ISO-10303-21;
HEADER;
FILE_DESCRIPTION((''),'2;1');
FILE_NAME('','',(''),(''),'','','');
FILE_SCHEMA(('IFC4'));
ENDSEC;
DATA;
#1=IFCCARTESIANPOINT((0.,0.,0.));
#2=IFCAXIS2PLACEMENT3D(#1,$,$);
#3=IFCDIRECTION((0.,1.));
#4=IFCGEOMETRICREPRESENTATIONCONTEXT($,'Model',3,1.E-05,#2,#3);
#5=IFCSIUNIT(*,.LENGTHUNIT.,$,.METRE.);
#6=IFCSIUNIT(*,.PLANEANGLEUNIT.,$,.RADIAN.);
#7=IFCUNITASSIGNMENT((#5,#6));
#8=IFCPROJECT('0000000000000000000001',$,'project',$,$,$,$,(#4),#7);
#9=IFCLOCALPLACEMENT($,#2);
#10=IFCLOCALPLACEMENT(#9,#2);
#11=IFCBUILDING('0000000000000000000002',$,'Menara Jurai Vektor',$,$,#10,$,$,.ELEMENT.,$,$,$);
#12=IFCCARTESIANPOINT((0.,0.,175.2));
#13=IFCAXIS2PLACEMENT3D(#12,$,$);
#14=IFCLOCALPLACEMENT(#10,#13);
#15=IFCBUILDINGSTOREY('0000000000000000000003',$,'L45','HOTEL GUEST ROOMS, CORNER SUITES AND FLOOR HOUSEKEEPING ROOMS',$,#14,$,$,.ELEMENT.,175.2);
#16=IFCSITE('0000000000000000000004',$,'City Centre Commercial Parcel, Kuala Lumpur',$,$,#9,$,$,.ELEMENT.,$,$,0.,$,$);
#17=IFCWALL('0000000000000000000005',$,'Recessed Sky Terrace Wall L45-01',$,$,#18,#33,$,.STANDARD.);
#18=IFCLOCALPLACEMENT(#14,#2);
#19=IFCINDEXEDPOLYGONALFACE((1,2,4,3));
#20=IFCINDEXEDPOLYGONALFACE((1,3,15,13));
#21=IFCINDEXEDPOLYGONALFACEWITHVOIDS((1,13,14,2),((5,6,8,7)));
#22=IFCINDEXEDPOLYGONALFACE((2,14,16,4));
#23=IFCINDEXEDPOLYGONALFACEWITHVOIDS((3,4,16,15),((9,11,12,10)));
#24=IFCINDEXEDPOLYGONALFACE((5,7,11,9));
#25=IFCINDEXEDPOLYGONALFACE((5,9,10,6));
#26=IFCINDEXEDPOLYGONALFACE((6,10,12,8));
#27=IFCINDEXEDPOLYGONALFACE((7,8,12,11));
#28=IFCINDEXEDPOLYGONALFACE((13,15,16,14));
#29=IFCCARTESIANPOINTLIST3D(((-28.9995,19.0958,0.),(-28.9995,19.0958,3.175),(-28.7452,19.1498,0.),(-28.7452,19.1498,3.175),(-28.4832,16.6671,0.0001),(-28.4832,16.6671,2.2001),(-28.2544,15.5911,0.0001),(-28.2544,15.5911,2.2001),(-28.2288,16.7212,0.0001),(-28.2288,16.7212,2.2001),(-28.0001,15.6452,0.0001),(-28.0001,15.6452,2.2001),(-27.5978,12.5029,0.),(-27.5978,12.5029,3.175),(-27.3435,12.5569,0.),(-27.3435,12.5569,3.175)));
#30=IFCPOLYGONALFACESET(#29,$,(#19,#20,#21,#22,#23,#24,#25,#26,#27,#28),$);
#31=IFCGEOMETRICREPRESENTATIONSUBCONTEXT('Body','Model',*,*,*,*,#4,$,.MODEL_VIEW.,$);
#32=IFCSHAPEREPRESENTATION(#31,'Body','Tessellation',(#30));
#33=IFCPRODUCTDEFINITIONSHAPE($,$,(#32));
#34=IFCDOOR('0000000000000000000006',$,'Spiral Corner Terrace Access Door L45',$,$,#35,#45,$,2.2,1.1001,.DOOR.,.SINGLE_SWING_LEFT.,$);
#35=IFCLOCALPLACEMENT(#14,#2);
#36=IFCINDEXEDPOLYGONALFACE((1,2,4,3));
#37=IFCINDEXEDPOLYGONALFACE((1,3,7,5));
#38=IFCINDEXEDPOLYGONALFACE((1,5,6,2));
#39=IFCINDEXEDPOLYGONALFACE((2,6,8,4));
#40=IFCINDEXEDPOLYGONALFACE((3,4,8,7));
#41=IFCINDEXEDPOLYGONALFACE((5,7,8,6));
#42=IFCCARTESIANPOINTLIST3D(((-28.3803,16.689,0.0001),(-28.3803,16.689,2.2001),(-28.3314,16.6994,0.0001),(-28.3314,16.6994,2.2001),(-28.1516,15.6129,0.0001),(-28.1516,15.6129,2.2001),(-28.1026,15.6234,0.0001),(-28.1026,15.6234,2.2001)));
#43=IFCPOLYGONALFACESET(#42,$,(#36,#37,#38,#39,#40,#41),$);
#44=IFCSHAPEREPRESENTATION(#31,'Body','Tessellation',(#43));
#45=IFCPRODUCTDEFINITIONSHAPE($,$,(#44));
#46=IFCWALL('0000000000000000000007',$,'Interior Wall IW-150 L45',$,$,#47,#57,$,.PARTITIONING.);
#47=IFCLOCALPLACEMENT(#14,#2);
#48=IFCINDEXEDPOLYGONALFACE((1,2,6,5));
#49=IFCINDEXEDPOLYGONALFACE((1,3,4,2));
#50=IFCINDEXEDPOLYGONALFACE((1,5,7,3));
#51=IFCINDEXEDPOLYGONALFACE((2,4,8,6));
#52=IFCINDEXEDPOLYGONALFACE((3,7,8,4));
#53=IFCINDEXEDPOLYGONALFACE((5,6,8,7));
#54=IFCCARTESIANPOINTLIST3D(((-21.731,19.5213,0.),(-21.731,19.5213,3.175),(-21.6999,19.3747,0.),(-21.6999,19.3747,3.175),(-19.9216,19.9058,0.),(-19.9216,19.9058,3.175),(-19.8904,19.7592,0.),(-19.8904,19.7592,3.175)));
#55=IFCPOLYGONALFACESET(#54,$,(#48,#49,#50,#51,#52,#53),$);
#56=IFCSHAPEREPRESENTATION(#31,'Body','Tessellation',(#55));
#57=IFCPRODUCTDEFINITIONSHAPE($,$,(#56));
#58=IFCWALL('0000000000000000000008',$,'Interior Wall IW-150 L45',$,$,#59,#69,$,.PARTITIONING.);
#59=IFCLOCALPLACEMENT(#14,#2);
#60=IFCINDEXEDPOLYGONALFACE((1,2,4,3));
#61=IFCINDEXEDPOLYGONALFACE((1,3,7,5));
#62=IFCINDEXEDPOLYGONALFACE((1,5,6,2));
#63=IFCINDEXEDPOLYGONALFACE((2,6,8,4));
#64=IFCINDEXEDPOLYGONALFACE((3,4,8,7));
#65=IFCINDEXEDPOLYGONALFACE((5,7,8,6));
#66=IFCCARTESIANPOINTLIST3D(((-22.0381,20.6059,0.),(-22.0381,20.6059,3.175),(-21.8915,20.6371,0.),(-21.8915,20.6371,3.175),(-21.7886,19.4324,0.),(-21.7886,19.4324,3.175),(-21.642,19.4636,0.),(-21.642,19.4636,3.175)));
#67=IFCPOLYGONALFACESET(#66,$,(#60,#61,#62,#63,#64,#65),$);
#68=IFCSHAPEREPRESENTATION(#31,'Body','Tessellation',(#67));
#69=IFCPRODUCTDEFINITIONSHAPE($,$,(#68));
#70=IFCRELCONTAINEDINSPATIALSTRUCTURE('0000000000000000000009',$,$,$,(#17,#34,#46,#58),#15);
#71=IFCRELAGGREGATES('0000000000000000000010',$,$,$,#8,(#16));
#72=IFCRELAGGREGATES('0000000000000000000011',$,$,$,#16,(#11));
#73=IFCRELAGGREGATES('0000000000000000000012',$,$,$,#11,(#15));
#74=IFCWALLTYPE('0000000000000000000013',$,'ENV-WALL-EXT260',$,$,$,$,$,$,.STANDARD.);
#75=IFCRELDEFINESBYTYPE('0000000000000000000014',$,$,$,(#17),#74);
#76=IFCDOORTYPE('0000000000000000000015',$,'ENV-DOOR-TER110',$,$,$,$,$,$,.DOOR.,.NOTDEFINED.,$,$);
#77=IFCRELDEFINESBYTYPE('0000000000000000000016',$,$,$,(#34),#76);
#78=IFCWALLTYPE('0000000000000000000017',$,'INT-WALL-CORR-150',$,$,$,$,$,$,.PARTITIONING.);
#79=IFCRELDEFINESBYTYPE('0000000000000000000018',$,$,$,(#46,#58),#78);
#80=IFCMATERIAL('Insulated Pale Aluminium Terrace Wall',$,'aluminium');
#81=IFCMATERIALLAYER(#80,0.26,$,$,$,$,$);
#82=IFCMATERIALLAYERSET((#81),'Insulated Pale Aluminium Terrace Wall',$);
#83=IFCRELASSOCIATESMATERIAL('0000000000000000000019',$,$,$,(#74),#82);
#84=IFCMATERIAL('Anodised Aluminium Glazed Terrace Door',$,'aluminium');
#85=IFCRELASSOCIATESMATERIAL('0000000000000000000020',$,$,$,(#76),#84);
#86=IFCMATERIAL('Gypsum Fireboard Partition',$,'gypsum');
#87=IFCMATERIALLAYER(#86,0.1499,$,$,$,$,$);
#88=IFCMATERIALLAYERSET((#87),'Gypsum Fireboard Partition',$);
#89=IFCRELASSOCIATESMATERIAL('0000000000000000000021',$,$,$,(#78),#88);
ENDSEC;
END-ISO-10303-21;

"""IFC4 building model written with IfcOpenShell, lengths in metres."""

from ifc_helpers import new_model, si_unit, direction, frame, frame_2d, origin, place, context, subcontext, project, spatial, rectangle, extrude, material, layer, layer_set, type_object, element, fill, save


model = new_model("IFC4")

# Units and contexts
model_context = context("Model", 3, precision=1e-05, world=origin(), true_north=direction((0.0, 1.0)))
body_context = subcontext(model_context, "Body", "Model", "MODEL_VIEW")
ifc_project = project(units=[si_unit("LENGTHUNIT", "METRE"), si_unit("PLANEANGLEUNIT", "RADIAN")], contexts=[model_context])

# Site, building, storey
site_placement = place(None, origin())
site = spatial("IfcSite", under=ifc_project, at=site_placement, Name="City Centre Commercial Parcel, Kuala Lumpur", CompositionType="ELEMENT", RefElevation=0.0)
building_placement = place(site_placement, origin())
building = spatial("IfcBuilding", under=site, at=building_placement, Name="Menara Jurai Vektor", CompositionType="ELEMENT")
storey_placement = place(building_placement, frame((0.0, 0.0, 175.2)))
storey = spatial("IfcBuildingStorey", under=building, at=storey_placement, Name="L45", Description="HOTEL GUEST ROOMS, CORNER SUITES AND FLOOR HOUSEKEEPING ROOMS", CompositionType="ELEMENT", Elevation=175.2)

# Wall, opening, door
ifc_material_1 = material(Name="Insulated Pale Aluminium Terrace Wall", Category="aluminium")
ifc_layer_1 = layer(ifc_material_1, 0.26)
ifc_layer_set_1 = layer_set([ifc_layer_1], Name="Insulated Pale Aluminium Terrace Wall")
wall_type_1 = type_object("IfcWallType", Name="ENV-WALL-EXT260", PredefinedType="STANDARD", material=ifc_layer_set_1)
wall_1_placement = place(storey_placement, frame((-28.8723, 19.1228, 0.0), z_axis=(0.0, 0.0, 1.0), x_axis=(0.207951, -0.978139, 0.0)))
wall_1 = element("IfcWall", 1, at=wall_1_placement, inside=storey, type_object=wall_type_1, Name="Recessed Sky Terrace Wall L45-01", PredefinedType="STANDARD", context=body_context, shape_type="SweptSolid", body=[
    extrude(rectangle(XDim=6.7402, YDim=0.26, at=frame_2d((3.3701, 0.0))), origin(), (0.0, 0.0, 1.0), 3.175),
])
opening_placement = place(wall_1_placement, frame((2.4829, 0.0, 0.0)))
opening = element("IfcOpeningElement", 2, at=opening_placement, cuts=wall_1, PredefinedType="OPENING", context=body_context, shape_type="SweptSolid", body=[
    extrude(rectangle(XDim=1.1001, YDim=2.2, at=frame_2d((0.55, 1.1001))), frame((0.0, 0.1401, 0.0), z_axis=(0.0, -1.0, 0.0), x_axis=(1.0, 0.0, 0.0)), (0.0, 0.0, 1.0), 0.28),
])
ifc_material_2 = material(Name="Anodised Aluminium Glazed Terrace Door", Category="aluminium")
door_type = type_object("IfcDoorType", Name="ENV-DOOR-TER110", OperationType="NOTDEFINED", PredefinedType="DOOR", material=ifc_material_2)
door_placement = place(opening_placement, frame((1.1001, 0.0, 0.0), z_axis=(0.0, 0.0, 1.0), x_axis=(-1.0, 0.0, 0.0)))
door = element("IfcDoor", 3, at=door_placement, inside=storey, type_object=door_type, Name="Spiral Corner Terrace Access Door L45", OperationType="SINGLE_SWING_LEFT", OverallHeight=2.2, OverallWidth=1.1001, PredefinedType="DOOR", context=body_context, shape_type="SweptSolid", body=[
    extrude(rectangle(XDim=1.1001, YDim=2.2, at=frame_2d((0.55, 1.1001))), frame((0.0, 0.0249, 0.0), z_axis=(0.0, -1.0, 0.0), x_axis=(1.0, 0.0, 0.0)), (0.0, 0.0, 1.0), 0.05),
])
fill(opening, door)

# Walls
ifc_material_3 = material(Name="Gypsum Fireboard Partition", Category="gypsum")
ifc_layer_2 = layer(ifc_material_3, 0.1499)
ifc_layer_set_2 = layer_set([ifc_layer_2], Name="Gypsum Fireboard Partition")
wall_type_2 = type_object("IfcWallType", Name="INT-WALL-CORR-150", PredefinedType="PARTITIONING", material=ifc_layer_set_2)
wall_2_placement = place(storey_placement, frame((-21.7153, 19.448, 0.0), z_axis=(0.0, 0.0, 1.0), x_axis=(0.97816, 0.207852, 0.0)))
element("IfcWall", 4, at=wall_2_placement, inside=storey, type_object=wall_type_2, Name="Interior Wall IW-150 L45", PredefinedType="PARTITIONING", context=body_context, shape_type="SweptSolid", body=[
    extrude(rectangle(XDim=1.8499, YDim=0.1499, at=frame_2d((0.9248, 0.0))), origin(), (0.0, 0.0, 1.0), 3.175),
])
wall_3_placement = place(storey_placement, frame((-21.7153, 19.448, 0.0), z_axis=(0.0, 0.0, 1.0), x_axis=(-0.207959, 0.978138, 0.0)))
element("IfcWall", 5, at=wall_3_placement, inside=storey, type_object=wall_type_2, Name="Interior Wall IW-150 L45", PredefinedType="PARTITIONING", context=body_context, shape_type="SweptSolid", body=[
    extrude(rectangle(XDim=1.1997, YDim=0.1499, at=frame_2d((0.5999, 0.0))), origin(), (0.0, 0.0, 1.0), 3.175),
])

save(model, "model.ifc")
